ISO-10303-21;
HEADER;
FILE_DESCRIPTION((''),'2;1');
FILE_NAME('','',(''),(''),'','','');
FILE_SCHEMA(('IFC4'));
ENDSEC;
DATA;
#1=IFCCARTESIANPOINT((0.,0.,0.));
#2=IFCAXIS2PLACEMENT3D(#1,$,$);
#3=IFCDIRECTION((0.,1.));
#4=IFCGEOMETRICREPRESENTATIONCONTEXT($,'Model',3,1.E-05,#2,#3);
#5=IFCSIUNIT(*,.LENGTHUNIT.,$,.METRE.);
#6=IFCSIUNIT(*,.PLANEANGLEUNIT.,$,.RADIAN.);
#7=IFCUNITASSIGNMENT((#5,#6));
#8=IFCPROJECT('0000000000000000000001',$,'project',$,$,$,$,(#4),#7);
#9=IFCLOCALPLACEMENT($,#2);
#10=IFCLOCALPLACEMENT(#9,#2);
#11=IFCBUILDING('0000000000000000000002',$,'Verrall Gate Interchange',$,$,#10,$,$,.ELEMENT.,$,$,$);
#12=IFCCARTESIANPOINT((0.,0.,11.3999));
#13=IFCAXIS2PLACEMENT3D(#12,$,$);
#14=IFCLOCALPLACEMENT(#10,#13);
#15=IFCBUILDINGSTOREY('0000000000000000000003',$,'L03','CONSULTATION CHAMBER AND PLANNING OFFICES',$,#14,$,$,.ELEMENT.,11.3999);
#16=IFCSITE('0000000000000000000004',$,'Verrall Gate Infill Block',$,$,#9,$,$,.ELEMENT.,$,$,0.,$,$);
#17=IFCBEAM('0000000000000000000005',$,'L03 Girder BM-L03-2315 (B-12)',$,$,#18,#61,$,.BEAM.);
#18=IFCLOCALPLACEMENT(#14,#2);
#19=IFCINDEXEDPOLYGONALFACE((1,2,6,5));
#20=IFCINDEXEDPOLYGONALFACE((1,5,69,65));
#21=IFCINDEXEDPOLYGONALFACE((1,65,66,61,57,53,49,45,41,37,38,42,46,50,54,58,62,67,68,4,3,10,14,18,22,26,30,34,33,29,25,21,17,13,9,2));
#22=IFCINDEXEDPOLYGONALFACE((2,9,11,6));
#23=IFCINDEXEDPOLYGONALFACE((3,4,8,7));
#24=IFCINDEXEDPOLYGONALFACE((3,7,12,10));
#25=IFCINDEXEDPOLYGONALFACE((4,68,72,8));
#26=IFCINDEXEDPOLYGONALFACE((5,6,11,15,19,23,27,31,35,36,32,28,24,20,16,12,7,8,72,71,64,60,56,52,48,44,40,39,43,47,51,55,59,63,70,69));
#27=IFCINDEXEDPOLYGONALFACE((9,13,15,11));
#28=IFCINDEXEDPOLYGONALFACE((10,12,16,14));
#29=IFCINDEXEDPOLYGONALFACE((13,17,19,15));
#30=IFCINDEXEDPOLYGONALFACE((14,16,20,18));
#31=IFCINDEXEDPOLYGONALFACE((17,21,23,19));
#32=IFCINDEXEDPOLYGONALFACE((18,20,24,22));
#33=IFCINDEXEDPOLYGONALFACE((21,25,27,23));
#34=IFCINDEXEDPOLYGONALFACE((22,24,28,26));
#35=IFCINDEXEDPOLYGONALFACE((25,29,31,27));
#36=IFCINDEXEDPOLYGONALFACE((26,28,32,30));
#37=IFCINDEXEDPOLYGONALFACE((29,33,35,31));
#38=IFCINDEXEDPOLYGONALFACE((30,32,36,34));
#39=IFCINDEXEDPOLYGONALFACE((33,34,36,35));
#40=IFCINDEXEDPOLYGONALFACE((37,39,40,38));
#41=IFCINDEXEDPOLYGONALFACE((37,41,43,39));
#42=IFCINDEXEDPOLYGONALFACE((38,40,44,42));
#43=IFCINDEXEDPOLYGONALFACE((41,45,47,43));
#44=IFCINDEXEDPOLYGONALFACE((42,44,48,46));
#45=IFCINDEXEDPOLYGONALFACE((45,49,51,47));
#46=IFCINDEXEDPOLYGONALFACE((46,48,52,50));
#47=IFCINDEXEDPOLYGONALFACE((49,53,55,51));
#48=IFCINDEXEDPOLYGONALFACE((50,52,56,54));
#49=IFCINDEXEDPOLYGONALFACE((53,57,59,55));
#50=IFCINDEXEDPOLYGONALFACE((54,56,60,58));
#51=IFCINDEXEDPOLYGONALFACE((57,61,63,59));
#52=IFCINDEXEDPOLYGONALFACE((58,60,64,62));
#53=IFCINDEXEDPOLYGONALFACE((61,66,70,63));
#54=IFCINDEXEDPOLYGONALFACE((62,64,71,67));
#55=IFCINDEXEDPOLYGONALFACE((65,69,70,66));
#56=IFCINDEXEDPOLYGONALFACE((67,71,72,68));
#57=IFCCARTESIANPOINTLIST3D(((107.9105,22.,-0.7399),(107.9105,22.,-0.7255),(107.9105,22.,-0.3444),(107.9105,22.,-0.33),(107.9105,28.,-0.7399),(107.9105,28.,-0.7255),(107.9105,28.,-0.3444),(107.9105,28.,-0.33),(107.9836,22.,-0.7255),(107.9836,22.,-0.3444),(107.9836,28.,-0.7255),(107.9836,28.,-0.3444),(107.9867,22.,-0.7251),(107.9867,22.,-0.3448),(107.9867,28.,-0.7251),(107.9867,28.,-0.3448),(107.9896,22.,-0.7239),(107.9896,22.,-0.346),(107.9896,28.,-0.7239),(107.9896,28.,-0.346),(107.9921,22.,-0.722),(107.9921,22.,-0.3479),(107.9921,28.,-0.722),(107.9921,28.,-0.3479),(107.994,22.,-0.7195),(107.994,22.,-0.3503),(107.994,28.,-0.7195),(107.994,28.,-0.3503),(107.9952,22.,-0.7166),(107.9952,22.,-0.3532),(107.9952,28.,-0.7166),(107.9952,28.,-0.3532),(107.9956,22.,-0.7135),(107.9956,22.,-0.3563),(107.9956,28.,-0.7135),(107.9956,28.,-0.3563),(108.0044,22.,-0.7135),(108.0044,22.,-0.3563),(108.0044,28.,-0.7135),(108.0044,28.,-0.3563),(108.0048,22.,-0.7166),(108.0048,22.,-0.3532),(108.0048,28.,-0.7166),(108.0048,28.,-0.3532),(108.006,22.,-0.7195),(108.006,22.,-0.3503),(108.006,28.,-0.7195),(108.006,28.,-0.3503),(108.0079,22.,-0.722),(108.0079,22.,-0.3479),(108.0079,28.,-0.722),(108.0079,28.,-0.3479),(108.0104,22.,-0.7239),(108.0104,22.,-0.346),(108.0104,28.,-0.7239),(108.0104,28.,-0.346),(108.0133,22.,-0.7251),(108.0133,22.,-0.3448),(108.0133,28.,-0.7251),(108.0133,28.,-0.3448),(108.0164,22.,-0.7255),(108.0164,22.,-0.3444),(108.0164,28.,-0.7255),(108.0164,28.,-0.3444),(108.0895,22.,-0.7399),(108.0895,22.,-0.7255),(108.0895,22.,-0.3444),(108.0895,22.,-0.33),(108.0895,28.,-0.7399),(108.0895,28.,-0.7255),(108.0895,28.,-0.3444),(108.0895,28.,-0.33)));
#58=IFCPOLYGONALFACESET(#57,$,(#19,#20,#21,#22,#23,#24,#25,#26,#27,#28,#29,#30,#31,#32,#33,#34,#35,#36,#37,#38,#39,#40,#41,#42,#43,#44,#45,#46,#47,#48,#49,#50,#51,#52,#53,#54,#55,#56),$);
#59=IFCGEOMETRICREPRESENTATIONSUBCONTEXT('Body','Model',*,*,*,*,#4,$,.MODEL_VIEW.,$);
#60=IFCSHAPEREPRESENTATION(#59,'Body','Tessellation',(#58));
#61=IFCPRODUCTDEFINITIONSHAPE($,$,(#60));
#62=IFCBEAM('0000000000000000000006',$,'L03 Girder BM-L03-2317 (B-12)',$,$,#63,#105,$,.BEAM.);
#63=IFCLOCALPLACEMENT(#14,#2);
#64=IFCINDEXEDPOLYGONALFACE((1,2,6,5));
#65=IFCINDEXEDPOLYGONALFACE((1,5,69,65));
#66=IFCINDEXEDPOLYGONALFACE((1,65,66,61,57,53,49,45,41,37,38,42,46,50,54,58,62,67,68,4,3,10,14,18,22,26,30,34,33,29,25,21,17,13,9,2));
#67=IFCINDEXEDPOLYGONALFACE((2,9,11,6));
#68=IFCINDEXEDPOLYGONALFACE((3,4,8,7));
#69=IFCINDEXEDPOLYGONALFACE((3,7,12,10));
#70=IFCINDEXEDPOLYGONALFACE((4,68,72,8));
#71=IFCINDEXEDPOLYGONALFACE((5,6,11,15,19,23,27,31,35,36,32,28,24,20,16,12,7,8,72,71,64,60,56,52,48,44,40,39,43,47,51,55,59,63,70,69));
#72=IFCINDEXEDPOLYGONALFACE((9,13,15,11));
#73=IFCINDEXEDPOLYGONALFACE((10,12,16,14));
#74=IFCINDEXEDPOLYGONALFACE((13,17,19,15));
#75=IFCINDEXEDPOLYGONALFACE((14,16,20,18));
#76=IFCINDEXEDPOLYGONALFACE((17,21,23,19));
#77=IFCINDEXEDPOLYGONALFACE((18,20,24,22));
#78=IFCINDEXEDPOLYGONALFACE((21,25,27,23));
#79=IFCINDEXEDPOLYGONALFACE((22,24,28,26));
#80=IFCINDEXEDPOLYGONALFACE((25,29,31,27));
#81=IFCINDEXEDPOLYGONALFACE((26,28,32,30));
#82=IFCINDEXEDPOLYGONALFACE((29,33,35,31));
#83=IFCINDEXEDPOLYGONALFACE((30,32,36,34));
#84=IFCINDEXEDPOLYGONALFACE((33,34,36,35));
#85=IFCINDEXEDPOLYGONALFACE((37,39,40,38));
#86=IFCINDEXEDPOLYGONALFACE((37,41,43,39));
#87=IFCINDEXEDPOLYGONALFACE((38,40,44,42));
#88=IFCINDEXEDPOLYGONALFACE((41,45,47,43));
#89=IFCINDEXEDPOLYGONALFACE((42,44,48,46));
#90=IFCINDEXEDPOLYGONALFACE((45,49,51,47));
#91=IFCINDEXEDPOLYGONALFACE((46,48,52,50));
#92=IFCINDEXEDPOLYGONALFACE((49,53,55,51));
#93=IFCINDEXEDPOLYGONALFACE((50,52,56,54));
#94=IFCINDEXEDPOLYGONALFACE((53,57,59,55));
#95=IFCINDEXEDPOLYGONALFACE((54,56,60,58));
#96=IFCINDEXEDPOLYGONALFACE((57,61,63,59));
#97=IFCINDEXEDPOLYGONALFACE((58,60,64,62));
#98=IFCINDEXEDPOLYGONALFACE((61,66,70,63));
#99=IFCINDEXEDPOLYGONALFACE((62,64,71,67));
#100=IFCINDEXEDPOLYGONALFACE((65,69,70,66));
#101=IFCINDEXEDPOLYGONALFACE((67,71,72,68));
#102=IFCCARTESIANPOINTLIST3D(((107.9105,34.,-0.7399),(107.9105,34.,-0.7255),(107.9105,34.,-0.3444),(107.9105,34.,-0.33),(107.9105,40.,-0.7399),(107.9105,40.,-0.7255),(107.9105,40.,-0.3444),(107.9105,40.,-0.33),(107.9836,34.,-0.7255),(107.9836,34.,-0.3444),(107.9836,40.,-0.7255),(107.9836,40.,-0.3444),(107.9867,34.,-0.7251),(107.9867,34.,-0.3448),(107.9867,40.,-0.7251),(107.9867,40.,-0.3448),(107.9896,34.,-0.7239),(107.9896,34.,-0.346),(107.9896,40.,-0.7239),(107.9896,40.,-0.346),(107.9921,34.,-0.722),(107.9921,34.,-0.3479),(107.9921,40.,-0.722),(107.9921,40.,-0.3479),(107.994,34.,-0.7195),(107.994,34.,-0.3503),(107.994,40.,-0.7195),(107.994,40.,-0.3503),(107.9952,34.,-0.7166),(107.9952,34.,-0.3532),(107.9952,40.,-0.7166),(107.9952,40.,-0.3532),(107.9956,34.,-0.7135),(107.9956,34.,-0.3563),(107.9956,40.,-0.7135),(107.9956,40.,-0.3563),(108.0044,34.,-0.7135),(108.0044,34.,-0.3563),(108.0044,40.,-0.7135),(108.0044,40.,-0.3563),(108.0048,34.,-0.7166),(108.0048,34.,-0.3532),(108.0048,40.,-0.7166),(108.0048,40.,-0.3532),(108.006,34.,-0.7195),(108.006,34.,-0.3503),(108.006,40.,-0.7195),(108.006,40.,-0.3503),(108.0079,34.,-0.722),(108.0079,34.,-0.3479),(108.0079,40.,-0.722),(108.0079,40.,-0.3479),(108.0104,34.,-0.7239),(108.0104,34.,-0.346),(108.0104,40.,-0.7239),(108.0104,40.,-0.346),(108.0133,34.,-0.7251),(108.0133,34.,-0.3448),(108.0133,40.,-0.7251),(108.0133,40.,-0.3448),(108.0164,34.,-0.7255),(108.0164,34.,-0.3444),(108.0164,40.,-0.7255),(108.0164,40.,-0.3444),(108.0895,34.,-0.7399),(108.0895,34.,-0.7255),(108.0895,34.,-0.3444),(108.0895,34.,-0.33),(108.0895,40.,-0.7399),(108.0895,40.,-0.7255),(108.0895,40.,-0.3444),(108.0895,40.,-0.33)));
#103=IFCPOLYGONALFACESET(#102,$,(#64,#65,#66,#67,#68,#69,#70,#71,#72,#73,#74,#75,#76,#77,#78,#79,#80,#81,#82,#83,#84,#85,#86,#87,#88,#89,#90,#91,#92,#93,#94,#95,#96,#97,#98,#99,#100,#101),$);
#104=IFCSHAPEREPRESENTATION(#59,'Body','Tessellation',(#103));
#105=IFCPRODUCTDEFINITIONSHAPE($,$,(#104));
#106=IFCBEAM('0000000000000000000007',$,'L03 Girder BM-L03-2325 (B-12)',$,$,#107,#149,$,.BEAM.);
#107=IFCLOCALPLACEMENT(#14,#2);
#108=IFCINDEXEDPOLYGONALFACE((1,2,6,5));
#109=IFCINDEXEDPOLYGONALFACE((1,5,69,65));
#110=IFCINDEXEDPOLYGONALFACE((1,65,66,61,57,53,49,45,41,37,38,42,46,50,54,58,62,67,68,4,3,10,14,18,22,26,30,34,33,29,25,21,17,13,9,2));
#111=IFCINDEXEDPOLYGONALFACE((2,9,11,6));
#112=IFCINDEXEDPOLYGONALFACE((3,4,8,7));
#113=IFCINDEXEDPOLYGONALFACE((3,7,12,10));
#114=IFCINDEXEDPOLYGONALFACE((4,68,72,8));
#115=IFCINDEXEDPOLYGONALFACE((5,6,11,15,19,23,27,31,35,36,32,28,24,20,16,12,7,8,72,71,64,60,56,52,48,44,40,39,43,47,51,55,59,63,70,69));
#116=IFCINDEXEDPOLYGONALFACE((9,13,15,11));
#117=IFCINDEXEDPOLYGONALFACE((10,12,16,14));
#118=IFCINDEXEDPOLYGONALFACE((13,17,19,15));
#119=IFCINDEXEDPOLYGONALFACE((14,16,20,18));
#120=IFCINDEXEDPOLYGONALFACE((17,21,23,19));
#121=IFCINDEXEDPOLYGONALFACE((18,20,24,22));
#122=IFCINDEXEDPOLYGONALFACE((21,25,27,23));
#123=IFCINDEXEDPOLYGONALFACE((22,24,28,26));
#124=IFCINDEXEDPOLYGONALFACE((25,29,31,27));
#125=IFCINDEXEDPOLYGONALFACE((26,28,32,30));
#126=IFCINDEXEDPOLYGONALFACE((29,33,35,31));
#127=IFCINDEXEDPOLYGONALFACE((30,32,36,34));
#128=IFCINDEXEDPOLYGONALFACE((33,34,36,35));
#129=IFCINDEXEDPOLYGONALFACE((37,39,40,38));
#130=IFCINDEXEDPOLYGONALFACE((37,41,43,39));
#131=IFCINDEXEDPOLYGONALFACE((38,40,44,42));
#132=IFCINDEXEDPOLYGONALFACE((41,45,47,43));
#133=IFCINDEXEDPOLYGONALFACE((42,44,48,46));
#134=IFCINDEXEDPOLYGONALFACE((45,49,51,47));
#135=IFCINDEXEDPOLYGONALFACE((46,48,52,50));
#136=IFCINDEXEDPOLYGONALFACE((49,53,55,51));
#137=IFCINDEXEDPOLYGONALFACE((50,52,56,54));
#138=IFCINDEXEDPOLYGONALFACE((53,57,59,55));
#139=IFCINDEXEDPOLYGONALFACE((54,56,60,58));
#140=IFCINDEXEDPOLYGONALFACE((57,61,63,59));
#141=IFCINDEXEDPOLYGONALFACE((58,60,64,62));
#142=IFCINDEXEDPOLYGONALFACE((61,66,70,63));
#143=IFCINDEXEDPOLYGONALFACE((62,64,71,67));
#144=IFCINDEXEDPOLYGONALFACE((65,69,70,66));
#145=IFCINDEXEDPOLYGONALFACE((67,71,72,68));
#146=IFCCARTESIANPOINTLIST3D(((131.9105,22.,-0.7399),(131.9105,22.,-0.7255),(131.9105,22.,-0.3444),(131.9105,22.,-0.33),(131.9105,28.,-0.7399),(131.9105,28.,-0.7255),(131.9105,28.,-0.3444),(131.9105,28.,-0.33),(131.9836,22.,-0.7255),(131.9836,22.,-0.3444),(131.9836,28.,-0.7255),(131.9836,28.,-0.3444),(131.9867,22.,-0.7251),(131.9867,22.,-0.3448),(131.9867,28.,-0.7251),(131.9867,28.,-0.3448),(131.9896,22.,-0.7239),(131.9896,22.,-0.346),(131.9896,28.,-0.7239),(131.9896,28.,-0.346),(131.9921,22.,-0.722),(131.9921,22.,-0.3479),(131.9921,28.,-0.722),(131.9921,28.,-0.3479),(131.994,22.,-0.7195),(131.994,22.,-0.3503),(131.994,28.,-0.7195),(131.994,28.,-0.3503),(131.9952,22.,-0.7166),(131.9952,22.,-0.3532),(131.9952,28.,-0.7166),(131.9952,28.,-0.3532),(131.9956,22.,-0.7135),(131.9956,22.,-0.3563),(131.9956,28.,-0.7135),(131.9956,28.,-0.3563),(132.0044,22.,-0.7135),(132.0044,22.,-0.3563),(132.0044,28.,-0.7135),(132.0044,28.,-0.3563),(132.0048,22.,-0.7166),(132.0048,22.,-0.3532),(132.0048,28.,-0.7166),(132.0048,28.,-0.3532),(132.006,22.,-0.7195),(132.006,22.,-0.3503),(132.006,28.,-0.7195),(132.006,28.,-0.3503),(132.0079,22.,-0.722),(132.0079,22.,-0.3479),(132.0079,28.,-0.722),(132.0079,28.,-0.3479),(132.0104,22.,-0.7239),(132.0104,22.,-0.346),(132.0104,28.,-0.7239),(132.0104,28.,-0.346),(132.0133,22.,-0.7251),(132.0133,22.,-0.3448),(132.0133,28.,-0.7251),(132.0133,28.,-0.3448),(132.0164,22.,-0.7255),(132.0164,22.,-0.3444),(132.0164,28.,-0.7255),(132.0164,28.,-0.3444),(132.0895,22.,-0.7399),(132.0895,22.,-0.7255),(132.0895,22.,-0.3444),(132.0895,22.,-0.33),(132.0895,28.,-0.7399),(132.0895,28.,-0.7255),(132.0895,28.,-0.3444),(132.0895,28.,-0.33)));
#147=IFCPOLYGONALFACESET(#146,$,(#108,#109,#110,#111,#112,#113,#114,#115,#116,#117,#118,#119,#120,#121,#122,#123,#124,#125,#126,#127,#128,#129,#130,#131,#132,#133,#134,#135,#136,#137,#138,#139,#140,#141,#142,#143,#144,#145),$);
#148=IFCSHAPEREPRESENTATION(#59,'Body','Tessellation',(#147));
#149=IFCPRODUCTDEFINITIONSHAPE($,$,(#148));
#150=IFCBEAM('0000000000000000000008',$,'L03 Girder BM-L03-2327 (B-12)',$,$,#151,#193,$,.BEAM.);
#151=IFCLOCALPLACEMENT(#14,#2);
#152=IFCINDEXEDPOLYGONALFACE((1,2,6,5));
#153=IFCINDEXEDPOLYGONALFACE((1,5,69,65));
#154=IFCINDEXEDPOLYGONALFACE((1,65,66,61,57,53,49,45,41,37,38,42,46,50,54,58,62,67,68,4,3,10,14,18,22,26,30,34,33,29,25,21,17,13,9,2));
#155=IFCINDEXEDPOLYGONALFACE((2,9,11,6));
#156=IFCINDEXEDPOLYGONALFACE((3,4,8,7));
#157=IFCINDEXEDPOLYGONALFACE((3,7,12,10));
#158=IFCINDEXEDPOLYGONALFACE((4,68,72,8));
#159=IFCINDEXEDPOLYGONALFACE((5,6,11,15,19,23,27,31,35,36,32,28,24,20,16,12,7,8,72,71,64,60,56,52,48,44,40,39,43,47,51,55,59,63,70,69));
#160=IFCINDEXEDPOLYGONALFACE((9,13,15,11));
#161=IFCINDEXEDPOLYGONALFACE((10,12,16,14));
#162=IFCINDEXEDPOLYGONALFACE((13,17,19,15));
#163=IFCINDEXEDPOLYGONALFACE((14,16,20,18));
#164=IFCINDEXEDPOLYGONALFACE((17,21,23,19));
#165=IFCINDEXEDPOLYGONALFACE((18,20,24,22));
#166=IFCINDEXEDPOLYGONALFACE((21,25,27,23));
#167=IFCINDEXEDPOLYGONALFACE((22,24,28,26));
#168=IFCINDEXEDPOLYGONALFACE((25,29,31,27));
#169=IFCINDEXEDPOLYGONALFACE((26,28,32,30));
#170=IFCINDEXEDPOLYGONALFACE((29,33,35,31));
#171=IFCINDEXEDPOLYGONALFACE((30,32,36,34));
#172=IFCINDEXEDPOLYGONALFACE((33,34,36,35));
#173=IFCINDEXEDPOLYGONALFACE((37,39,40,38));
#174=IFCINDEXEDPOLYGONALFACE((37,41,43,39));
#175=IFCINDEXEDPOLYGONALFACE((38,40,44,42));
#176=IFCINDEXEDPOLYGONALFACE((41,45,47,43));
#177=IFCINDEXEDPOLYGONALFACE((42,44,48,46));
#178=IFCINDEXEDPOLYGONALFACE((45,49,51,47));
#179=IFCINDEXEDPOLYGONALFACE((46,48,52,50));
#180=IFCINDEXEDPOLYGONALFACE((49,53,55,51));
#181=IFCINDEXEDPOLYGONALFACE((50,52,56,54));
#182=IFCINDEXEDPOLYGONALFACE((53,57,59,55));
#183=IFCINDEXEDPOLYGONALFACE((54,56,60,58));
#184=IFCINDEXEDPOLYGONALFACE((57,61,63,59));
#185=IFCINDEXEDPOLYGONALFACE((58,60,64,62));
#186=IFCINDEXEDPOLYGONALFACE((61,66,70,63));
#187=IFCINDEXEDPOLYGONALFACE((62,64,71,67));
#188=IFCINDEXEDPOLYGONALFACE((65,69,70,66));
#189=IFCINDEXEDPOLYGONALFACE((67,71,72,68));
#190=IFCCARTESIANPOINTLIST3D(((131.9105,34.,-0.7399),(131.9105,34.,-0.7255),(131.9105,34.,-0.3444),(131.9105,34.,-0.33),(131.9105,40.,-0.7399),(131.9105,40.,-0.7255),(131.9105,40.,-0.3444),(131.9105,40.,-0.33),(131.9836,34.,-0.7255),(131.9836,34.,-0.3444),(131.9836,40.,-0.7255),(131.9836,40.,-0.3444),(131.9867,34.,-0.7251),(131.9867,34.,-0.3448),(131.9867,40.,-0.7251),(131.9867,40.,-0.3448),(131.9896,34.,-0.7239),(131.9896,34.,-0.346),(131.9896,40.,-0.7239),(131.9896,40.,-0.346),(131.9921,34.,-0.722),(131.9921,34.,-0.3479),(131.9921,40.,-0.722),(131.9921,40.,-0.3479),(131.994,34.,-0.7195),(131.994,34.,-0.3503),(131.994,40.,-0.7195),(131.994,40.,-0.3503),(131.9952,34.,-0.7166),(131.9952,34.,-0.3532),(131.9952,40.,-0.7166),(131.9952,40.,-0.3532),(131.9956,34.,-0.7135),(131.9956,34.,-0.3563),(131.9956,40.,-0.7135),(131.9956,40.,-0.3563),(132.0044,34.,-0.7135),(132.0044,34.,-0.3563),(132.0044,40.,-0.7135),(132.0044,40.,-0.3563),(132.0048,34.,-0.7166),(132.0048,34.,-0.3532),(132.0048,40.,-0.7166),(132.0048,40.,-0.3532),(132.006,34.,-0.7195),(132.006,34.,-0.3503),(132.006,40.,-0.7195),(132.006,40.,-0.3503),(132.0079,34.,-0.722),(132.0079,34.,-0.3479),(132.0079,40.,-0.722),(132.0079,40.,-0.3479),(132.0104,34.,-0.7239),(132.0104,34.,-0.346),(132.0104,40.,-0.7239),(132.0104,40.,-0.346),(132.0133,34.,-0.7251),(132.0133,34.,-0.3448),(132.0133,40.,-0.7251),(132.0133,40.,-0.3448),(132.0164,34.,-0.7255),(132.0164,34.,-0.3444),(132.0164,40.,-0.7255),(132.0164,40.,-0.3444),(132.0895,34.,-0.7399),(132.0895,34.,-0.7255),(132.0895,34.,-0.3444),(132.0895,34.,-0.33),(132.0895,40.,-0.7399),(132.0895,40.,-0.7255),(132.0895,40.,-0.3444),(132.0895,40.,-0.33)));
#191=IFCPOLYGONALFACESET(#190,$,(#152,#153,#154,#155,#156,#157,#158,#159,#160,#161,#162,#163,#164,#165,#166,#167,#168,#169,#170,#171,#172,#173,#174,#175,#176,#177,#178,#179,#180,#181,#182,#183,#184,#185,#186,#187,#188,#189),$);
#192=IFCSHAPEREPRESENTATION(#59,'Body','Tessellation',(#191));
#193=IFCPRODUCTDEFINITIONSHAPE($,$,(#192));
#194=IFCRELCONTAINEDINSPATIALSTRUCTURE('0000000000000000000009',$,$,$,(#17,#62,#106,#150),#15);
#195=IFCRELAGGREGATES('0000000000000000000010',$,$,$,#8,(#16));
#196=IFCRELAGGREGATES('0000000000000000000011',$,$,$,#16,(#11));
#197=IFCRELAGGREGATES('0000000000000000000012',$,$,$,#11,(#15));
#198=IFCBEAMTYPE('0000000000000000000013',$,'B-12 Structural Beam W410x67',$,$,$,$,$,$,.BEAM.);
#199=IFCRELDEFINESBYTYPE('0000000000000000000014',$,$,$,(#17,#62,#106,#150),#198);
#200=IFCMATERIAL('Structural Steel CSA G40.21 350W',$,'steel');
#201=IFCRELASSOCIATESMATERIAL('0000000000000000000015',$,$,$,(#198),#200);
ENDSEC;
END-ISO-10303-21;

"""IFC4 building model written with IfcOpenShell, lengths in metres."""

from ifc_helpers import new_model, si_unit, direction, frame, origin, origin_2d, place, context, subcontext, project, spatial, i_section, extrude, material, material_profile, profile_set, type_object, element, save


model = new_model("IFC4")

# Units and contexts
model_context = context("Model", 3, precision=1e-05, world=origin(), true_north=direction((0.0, 1.0)))
body_context = subcontext(model_context, "Body", "Model", "MODEL_VIEW")
ifc_project = project(units=[si_unit("LENGTHUNIT", "METRE"), si_unit("PLANEANGLEUNIT", "RADIAN")], contexts=[model_context])

# Site, building, storey
site_placement = place(None, origin())
site = spatial("IfcSite", under=ifc_project, at=site_placement, Name="Verrall Gate Infill Block", CompositionType="ELEMENT", RefElevation=0.0)
building_placement = place(site_placement, origin())
building = spatial("IfcBuilding", under=site, at=building_placement, Name="Verrall Gate Interchange", CompositionType="ELEMENT")
storey_placement = place(building_placement, frame((0.0, 0.0, 11.3999)))
storey = spatial("IfcBuildingStorey", under=building, at=storey_placement, Name="L03", Description="CONSULTATION CHAMBER AND PLANNING OFFICES", CompositionType="ELEMENT", Elevation=11.3999)

# Beams
ifc_material_1 = material(Name="Structural Steel CSA G40.21 350W", Category="steel")
ifc_material_profile_1 = material_profile(ifc_material_1, i_section(OverallWidth=0.179, OverallDepth=0.4099, WebThickness=0.0088, FlangeThickness=0.0144, FilletRadius=0.012, at=origin_2d()), Name="W410x67")
ifc_profile_set_1 = profile_set([ifc_material_profile_1], Name="Structural Steel CSA G40.21 350W")
beam_type_1 = type_object("IfcBeamType", Name="B-12 Structural Beam W410x67", PredefinedType="BEAM", material=ifc_profile_set_1)
for number, where, z_axis, x_axis, name in (
    (1, (108.0, 22.0, -0.5349), (0.0, 1.0, 0.0), (-1.0, 0.0, 0.0), "L03 Girder BM-L03-2315 (B-12)"),
    (2, (108.0, 34.0, -0.5349), (0.0, 1.0, 0.0), (-1.0, 0.0, 0.0), "L03 Girder BM-L03-2317 (B-12)"),
    (3, (132.0, 22.0, -0.5349), (0.0, 1.0, 0.0), (-1.0, 0.0, 0.0), "L03 Girder BM-L03-2325 (B-12)"),
    (4, (132.0, 34.0, -0.5349), (0.0, 1.0, 0.0), (-1.0, 0.0, 0.0), "L03 Girder BM-L03-2327 (B-12)"),
):
    element("IfcBeam", number, at=place(storey_placement, frame(where, z_axis=z_axis, x_axis=x_axis)), inside=storey, type_object=beam_type_1, Name=name, PredefinedType="BEAM", context=body_context, shape_type="SweptSolid", body=[
        extrude(i_section(OverallWidth=0.179, OverallDepth=0.4099, WebThickness=0.0088, FlangeThickness=0.0144, FilletRadius=0.012, at=origin_2d()), origin(), (0.0, 0.0, 1.0), 6.0),
    ])

save(model, "model.ifc")
